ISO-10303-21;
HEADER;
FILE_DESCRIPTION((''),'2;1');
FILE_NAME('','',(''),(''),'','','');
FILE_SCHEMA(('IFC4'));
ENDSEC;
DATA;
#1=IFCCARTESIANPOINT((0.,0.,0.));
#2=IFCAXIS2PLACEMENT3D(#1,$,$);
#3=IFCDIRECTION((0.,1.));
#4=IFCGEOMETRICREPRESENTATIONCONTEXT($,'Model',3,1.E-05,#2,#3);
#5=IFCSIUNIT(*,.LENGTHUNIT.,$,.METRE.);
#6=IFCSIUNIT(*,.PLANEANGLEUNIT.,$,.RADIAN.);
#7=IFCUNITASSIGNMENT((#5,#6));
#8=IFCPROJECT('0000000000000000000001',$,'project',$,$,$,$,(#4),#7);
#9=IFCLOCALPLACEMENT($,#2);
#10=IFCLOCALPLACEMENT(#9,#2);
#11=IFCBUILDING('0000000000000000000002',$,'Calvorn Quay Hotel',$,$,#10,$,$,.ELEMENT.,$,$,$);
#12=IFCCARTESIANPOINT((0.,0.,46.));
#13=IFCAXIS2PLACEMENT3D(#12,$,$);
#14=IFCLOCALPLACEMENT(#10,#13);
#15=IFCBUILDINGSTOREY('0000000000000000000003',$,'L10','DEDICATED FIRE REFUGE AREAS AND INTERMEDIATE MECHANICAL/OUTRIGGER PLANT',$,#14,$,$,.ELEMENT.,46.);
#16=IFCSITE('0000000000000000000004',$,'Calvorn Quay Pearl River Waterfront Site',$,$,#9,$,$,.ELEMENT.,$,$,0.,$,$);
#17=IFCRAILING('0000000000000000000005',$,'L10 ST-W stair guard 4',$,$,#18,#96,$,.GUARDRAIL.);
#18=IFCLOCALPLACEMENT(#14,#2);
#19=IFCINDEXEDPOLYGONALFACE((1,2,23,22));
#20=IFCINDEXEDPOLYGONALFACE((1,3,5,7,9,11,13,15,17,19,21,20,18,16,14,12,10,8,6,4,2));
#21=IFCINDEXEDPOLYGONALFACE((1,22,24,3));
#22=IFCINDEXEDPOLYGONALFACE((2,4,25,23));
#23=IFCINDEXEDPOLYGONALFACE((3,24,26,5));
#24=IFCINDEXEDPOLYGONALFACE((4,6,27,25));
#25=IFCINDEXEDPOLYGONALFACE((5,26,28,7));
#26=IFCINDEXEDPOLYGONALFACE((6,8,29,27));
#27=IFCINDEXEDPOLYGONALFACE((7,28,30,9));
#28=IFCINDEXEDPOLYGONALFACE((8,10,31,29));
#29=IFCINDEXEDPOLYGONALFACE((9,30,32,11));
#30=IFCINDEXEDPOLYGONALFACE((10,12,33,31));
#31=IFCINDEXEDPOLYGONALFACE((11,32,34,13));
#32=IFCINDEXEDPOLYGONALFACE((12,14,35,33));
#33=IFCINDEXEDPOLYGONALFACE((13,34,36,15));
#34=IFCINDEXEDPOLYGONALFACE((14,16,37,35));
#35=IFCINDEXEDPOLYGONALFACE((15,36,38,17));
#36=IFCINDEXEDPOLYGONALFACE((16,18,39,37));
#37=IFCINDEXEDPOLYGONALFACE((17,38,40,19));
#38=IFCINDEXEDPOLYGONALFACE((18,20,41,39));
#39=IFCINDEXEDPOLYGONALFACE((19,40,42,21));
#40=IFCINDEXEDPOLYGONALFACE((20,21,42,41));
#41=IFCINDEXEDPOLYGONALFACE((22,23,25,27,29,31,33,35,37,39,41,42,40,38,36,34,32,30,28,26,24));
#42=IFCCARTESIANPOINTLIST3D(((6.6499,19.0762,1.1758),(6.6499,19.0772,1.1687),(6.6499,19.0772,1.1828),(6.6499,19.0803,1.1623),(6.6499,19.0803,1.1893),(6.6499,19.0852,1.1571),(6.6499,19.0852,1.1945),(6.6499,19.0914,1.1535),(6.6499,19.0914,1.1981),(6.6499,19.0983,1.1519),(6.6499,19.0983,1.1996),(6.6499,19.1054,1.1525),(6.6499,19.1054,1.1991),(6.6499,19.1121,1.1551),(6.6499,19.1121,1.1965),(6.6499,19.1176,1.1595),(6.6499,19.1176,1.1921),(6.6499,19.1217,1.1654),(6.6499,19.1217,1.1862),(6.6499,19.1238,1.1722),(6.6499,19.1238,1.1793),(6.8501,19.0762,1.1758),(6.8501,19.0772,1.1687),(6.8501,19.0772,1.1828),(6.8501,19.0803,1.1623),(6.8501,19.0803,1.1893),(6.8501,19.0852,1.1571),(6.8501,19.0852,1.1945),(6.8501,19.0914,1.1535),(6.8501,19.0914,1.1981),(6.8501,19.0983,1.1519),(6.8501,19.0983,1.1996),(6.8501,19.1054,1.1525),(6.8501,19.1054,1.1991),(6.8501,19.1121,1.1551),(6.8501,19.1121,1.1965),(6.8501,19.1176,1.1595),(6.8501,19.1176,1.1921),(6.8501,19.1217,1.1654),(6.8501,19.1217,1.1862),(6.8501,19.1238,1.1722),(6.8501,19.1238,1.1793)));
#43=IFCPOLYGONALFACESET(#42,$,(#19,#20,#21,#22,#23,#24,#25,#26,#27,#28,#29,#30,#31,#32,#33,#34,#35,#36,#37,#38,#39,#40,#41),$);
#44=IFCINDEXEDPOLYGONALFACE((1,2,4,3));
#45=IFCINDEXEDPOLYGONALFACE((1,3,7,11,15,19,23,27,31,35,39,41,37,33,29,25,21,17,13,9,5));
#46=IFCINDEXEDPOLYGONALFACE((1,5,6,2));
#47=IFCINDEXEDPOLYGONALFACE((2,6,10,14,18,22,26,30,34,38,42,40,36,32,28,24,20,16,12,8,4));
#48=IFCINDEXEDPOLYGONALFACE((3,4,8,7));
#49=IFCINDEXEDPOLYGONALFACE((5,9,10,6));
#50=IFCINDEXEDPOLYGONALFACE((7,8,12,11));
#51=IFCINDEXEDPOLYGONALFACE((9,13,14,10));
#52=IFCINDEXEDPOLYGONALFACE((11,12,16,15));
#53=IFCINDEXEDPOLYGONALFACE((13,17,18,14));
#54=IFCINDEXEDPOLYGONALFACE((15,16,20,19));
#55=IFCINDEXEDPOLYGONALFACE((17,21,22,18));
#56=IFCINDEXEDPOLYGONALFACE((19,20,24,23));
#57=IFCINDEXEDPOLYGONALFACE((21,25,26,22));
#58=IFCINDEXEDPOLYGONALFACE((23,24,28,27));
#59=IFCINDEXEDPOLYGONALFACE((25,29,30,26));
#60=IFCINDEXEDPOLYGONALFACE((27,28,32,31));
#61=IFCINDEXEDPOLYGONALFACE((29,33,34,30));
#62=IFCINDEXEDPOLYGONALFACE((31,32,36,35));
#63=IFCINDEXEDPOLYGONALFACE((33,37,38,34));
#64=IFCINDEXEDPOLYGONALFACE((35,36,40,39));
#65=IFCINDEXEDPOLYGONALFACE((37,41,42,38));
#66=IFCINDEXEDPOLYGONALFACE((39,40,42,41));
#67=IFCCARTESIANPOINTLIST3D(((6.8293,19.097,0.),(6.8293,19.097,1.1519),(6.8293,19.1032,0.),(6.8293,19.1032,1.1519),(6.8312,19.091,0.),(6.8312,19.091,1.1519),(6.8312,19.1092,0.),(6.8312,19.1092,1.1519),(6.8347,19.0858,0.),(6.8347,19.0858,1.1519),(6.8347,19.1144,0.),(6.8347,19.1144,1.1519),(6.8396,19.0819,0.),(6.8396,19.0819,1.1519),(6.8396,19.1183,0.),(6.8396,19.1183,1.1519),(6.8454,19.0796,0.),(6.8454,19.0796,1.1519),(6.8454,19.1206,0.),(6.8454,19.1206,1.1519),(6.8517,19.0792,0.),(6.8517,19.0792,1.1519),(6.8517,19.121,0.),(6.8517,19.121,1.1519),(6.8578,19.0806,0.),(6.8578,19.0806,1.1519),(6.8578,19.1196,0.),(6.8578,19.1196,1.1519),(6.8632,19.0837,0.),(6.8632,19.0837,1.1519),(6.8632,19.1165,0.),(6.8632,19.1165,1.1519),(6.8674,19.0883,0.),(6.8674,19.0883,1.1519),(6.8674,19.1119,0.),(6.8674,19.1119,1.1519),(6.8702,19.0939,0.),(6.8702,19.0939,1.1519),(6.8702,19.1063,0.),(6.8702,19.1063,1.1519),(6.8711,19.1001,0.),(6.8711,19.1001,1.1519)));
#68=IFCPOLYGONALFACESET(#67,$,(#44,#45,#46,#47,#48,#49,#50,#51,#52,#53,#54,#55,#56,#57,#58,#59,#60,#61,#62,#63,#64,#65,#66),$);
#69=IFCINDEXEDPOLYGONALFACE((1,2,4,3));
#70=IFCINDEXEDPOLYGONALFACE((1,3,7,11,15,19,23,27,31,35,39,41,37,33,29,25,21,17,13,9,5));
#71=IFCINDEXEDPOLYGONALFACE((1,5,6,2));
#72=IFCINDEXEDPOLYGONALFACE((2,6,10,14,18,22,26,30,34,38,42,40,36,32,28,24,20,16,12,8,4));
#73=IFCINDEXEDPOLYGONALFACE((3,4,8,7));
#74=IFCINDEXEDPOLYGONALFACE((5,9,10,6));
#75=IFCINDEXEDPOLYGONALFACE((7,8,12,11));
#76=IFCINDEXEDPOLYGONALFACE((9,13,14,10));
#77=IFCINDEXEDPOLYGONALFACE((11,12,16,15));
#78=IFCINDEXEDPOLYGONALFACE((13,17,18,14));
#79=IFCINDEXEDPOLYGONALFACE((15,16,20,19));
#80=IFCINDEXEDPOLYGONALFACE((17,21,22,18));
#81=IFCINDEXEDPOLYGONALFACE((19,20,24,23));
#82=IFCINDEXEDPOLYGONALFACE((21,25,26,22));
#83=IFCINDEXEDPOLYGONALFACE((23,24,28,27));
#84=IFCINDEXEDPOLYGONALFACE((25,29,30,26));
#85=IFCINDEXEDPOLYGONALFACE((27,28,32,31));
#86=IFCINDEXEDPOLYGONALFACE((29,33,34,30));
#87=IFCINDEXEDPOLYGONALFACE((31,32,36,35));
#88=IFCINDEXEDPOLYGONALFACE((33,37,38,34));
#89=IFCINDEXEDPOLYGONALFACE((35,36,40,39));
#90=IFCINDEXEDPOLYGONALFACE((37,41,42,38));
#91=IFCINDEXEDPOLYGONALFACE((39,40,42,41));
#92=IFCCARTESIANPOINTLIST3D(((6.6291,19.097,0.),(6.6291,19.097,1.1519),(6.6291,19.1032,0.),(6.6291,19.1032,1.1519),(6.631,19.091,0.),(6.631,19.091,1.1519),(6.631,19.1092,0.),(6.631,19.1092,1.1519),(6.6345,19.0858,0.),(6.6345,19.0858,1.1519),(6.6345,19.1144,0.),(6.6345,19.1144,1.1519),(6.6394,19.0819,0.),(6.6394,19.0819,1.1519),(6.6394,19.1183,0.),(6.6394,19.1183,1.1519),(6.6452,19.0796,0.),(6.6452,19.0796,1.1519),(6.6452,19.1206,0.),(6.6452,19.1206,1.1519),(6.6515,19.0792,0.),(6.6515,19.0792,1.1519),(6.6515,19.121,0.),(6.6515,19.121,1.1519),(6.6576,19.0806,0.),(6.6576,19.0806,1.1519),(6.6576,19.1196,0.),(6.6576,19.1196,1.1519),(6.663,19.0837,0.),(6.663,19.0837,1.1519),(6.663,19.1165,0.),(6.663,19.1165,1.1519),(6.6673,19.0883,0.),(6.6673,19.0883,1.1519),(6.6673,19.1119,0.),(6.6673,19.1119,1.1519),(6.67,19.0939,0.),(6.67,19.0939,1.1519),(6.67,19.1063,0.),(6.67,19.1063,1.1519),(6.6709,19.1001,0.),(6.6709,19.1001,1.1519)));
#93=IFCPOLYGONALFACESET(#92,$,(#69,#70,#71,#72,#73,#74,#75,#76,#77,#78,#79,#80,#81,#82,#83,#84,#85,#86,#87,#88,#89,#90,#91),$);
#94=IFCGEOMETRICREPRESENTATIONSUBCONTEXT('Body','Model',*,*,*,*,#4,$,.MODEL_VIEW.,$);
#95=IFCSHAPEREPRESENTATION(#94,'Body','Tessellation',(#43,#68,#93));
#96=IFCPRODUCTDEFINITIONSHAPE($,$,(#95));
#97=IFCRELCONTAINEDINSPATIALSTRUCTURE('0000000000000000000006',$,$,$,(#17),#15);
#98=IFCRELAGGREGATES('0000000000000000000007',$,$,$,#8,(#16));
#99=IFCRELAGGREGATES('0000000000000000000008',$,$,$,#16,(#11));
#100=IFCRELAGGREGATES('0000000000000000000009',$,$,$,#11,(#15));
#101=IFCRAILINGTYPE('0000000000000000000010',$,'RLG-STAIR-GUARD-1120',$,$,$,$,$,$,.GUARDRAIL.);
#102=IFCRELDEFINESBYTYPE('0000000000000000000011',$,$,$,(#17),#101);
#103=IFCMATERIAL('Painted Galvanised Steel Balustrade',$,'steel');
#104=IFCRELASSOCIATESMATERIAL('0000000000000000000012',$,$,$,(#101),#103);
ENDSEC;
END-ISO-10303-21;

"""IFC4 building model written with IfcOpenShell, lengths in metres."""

from ifc_helpers import new_model, si_unit, direction, frame, origin, origin_2d, place, context, subcontext, project, spatial, circle, extrude, material, type_object, element, save


model = new_model("IFC4")

# Units and contexts
model_context = context("Model", 3, precision=1e-05, world=origin(), true_north=direction((0.0, 1.0)))
body_context = subcontext(model_context, "Body", "Model", "MODEL_VIEW")
ifc_project = project(units=[si_unit("LENGTHUNIT", "METRE"), si_unit("PLANEANGLEUNIT", "RADIAN")], contexts=[model_context])

# Site, building, storey
site_placement = place(None, origin())
site = spatial("IfcSite", under=ifc_project, at=site_placement, Name="Calvorn Quay Pearl River Waterfront Site", CompositionType="ELEMENT", RefElevation=0.0)
building_placement = place(site_placement, origin())
building = spatial("IfcBuilding", under=site, at=building_placement, Name="Calvorn Quay Hotel", CompositionType="ELEMENT")
storey_placement = place(building_placement, frame((0.0, 0.0, 46.0)))
storey = spatial("IfcBuildingStorey", under=building, at=storey_placement, Name="L10", Description="DEDICATED FIRE REFUGE AREAS AND INTERMEDIATE MECHANICAL/OUTRIGGER PLANT", CompositionType="ELEMENT", Elevation=46.0)

# Railing
ifc_material_1 = material(Name="Painted Galvanised Steel Balustrade", Category="steel")
railing_type_1 = type_object("IfcRailingType", Name="RLG-STAIR-GUARD-1120", PredefinedType="GUARDRAIL", material=ifc_material_1)
railing_1_placement = place(storey_placement, frame((6.8501, 19.1001, 0.0)))
element("IfcRailing", 1, at=railing_1_placement, inside=storey, type_object=railing_type_1, Name="L10 ST-W stair guard 4", PredefinedType="GUARDRAIL", context=body_context, shape_type="SweptSolid", body=[
    extrude(circle(Radius=0.0239, at=origin_2d()), frame((0.0, 0.0, 1.1758), z_axis=(-1.0, 0.0, 0.0), x_axis=(0.0, -1.0, 0.0)), (0.0, 0.0, 1.0), 0.2002),
    extrude(circle(Radius=0.021, at=origin_2d()), origin(), (0.0, 0.0, 1.0), 1.1519),
    extrude(circle(Radius=0.021, at=origin_2d()), frame((-0.2002, 0.0, 0.0)), (0.0, 0.0, 1.0), 1.1519),
])

save(model, "model.ifc")
